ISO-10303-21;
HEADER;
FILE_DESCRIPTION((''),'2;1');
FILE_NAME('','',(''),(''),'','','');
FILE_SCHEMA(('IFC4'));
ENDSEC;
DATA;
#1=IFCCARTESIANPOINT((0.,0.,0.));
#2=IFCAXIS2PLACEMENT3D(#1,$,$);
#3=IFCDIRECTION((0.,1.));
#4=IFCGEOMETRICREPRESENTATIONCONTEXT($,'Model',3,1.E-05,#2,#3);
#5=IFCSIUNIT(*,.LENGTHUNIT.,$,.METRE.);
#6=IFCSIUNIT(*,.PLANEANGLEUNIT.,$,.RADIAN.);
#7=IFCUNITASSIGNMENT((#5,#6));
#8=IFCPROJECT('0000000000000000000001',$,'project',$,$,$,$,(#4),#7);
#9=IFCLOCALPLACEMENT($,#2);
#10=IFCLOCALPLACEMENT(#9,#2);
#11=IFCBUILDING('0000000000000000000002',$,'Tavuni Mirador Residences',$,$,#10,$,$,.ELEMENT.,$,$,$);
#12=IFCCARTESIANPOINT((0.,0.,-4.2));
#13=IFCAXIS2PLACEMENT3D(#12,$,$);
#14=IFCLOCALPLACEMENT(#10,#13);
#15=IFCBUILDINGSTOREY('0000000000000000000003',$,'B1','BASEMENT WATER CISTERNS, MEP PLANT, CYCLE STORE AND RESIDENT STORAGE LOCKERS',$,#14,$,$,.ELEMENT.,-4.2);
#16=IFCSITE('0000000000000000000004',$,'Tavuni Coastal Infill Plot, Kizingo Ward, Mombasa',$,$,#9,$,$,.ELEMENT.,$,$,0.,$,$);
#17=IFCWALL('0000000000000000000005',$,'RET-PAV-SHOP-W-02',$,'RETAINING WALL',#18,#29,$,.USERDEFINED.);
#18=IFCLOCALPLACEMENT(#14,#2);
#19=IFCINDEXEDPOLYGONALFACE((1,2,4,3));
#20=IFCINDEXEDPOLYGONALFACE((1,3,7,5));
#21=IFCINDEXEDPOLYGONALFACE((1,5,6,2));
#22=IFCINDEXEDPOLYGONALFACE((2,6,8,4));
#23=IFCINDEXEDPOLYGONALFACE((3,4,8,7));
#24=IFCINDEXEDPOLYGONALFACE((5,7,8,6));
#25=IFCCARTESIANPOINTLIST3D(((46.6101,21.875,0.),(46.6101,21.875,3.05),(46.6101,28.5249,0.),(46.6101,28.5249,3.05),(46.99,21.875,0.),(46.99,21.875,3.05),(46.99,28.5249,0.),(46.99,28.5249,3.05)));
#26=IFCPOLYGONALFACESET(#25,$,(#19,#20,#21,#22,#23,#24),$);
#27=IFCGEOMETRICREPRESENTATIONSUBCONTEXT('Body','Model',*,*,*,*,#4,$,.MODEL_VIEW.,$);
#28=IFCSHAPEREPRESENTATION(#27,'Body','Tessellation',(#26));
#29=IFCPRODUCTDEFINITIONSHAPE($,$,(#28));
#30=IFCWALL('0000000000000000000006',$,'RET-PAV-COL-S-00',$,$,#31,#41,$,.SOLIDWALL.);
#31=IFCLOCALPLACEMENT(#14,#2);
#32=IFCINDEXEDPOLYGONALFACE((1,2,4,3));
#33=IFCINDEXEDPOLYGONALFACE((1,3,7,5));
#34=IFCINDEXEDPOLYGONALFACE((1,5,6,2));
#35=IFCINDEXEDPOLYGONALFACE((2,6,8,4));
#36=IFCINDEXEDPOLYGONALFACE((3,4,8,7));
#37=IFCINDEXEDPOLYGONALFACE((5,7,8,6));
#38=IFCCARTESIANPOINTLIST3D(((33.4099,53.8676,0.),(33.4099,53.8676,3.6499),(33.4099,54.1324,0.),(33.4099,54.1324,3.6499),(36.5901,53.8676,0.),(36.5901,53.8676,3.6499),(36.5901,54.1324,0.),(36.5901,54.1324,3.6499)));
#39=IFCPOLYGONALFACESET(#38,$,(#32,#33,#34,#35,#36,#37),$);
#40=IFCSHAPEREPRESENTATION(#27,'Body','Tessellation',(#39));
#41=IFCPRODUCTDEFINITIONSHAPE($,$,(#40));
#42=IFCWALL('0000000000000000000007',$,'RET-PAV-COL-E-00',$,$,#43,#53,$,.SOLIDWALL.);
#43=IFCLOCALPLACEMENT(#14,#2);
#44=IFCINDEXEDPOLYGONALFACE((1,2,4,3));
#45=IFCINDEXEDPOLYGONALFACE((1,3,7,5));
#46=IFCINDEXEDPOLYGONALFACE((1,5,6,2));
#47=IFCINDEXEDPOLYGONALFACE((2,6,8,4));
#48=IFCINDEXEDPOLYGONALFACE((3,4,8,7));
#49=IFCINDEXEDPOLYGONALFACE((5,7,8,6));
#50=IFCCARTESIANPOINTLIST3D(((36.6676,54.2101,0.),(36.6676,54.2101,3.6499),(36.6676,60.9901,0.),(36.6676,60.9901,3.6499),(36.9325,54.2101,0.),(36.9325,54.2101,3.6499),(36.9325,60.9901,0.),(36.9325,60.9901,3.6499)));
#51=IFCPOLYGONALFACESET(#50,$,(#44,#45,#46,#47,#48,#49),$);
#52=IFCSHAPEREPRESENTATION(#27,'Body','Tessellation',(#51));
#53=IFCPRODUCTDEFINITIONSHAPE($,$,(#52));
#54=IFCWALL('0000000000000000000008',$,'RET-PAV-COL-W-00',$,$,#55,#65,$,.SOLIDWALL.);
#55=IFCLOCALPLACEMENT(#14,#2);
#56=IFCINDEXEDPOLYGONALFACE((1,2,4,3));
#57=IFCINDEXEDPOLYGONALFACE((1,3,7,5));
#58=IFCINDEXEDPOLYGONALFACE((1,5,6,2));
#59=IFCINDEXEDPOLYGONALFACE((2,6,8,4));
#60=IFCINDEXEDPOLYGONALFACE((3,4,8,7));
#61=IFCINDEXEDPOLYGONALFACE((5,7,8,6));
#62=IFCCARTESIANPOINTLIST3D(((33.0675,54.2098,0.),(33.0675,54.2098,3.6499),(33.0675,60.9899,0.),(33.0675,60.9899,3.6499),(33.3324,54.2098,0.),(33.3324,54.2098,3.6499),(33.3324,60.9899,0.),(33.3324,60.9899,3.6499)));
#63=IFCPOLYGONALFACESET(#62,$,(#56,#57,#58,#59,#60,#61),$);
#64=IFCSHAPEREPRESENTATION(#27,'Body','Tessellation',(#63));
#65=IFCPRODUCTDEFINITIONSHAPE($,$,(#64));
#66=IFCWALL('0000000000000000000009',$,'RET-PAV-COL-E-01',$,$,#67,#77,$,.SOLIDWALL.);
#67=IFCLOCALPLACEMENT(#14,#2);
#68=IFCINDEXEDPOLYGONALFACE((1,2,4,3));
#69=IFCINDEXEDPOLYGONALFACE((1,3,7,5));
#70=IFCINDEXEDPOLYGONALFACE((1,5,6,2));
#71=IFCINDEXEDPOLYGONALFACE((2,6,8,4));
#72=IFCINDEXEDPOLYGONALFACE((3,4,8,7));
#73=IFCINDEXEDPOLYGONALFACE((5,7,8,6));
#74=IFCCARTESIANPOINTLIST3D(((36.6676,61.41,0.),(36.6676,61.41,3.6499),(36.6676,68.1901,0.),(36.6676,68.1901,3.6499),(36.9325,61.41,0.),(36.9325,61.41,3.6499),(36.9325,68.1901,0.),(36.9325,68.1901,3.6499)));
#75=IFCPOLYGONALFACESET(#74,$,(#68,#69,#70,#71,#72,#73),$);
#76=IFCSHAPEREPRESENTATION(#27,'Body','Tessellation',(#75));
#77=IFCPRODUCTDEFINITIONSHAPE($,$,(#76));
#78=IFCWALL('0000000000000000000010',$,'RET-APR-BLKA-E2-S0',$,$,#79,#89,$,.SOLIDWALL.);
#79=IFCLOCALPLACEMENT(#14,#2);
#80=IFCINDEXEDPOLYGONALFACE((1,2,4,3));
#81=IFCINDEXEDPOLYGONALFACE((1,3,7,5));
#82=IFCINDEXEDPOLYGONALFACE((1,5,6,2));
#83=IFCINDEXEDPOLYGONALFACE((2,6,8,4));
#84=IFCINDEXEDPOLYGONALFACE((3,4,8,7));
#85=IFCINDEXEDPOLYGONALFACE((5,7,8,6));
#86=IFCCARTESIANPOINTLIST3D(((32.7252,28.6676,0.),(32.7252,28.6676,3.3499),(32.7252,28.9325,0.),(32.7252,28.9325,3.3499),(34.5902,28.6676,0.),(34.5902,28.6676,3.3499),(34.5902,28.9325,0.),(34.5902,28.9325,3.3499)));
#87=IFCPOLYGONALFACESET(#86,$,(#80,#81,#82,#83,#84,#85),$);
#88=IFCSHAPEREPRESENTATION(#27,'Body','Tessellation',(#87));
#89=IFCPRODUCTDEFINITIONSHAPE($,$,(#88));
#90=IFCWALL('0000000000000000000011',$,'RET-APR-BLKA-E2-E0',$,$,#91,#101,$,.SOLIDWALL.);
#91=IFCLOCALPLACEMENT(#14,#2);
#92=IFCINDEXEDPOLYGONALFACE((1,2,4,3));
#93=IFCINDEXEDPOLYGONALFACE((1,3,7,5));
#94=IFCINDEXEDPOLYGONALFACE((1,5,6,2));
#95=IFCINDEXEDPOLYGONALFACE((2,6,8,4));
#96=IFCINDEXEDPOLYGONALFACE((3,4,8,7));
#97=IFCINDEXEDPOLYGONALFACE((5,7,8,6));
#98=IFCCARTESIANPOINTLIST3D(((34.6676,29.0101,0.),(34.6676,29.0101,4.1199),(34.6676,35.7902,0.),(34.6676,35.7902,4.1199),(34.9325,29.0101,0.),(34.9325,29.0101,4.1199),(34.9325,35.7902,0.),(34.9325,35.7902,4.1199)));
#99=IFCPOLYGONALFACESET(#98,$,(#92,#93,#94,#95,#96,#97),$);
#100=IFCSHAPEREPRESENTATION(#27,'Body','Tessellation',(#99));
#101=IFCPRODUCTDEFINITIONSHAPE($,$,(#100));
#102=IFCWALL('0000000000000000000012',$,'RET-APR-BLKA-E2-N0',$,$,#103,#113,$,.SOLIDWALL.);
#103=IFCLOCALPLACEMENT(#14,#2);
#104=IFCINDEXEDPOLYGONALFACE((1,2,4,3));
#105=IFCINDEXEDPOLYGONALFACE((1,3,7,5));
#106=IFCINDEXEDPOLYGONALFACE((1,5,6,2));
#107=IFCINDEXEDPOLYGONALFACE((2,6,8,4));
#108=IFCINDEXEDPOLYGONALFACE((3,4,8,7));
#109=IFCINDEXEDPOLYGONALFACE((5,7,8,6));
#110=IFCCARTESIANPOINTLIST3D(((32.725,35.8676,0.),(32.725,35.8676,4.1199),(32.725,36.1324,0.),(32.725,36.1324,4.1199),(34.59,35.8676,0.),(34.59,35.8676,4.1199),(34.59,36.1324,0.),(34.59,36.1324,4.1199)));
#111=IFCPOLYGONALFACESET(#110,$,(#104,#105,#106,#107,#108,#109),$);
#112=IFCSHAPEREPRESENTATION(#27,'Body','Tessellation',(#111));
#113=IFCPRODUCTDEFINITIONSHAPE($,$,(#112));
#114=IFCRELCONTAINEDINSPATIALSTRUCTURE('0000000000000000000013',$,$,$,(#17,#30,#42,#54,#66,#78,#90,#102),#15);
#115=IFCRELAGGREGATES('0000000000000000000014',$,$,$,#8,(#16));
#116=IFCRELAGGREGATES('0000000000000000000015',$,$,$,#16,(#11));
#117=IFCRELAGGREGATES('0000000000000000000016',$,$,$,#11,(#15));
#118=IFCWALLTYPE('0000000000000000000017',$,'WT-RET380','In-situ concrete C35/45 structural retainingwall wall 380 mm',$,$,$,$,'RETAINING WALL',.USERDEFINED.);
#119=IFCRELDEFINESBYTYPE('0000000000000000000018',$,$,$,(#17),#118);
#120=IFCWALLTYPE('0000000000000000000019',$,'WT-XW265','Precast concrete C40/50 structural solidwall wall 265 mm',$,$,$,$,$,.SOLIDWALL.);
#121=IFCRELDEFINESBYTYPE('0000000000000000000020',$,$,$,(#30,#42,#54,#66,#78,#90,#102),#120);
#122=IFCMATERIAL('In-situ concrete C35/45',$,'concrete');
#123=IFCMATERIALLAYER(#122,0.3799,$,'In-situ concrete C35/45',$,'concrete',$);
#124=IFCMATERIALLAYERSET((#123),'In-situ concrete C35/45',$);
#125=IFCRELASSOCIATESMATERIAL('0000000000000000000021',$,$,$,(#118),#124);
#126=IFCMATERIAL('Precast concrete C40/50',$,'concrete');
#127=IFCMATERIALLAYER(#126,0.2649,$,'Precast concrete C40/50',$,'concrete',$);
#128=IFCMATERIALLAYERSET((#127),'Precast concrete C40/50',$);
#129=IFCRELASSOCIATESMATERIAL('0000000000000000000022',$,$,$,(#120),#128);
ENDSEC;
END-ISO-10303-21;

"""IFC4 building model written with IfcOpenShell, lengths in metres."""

from ifc_helpers import new_model, si_unit, direction, frame, frame_2d, origin, place, context, subcontext, project, spatial, rectangle, extrude, material, layer, layer_set, type_object, element, save


model = new_model("IFC4")

# Units and contexts
model_context = context("Model", 3, precision=1e-05, world=origin(), true_north=direction((0.0, 1.0)))
body_context = subcontext(model_context, "Body", "Model", "MODEL_VIEW")
ifc_project = project(units=[si_unit("LENGTHUNIT", "METRE"), si_unit("PLANEANGLEUNIT", "RADIAN")], contexts=[model_context])

# Site, building, storey
site_placement = place(None, origin())
site = spatial("IfcSite", under=ifc_project, at=site_placement, Name="Tavuni Coastal Infill Plot, Kizingo Ward, Mombasa", CompositionType="ELEMENT", RefElevation=0.0)
building_placement = place(site_placement, origin())
building = spatial("IfcBuilding", under=site, at=building_placement, Name="Tavuni Mirador Residences", CompositionType="ELEMENT")
storey_placement = place(building_placement, frame((0.0, 0.0, -4.2)))
storey = spatial("IfcBuildingStorey", under=building, at=storey_placement, Name="B1", Description="BASEMENT WATER CISTERNS, MEP PLANT, CYCLE STORE AND RESIDENT STORAGE LOCKERS", CompositionType="ELEMENT", Elevation=-4.2)

# Shared definitions
ifc_material_1 = material(Name="In-situ concrete C35/45", Category="concrete")

# Shared definitions
ifc_material_2 = material(Name="Precast concrete C40/50", Category="concrete")

# Walls
ifc_layer_1 = layer(ifc_material_1, 0.3799, Name="In-situ concrete C35/45", Category="concrete")
ifc_layer_set_1 = layer_set([ifc_layer_1], Name="In-situ concrete C35/45")
wall_type_1 = type_object("IfcWallType", Name="WT-RET380", Description="In-situ concrete C35/45 structural retainingwall wall 380 mm", ElementType="RETAINING WALL", PredefinedType="USERDEFINED", material=ifc_layer_set_1)
wall_1_placement = place(storey_placement, frame((46.8, 28.5249, 0.0), z_axis=(0.0, 0.0, 1.0), x_axis=(0.0, -1.0, 0.0)))
element("IfcWall", 1, at=wall_1_placement, inside=storey, type_object=wall_type_1, Name="RET-PAV-SHOP-W-02", ObjectType="RETAINING WALL", PredefinedType="USERDEFINED", context=body_context, shape_type="SweptSolid", body=[
    extrude(rectangle(XDim=6.6499, YDim=0.3799, at=frame_2d((3.325, 0.0))), origin(), (0.0, 0.0, 1.0), 3.05),
])
ifc_layer_2 = layer(ifc_material_2, 0.2649, Name="Precast concrete C40/50", Category="concrete")
ifc_layer_set_2 = layer_set([ifc_layer_2], Name="Precast concrete C40/50")
wall_type_2 = type_object("IfcWallType", Name="WT-XW265", Description="Precast concrete C40/50 structural solidwall wall 265 mm", PredefinedType="SOLIDWALL", material=ifc_layer_set_2)
wall_2_placement = place(storey_placement, frame((33.4099, 54.0, 0.0), z_axis=(0.0, 0.0, 1.0), x_axis=(1.0, 0.0, 0.0)))
element("IfcWall", 2, at=wall_2_placement, inside=storey, type_object=wall_type_2, Name="RET-PAV-COL-S-00", PredefinedType="SOLIDWALL", context=body_context, shape_type="SweptSolid", body=[
    extrude(rectangle(XDim=3.1802, YDim=0.2649, at=frame_2d((1.5901, 0.0))), origin(), (0.0, 0.0, 1.0), 3.6499),
])
for number, where, z_axis, x_axis, name in (
    (3, (36.8, 54.21, 0.0), (0.0, 0.0, 1.0), (0.0, 1.0, 0.0), "RET-PAV-COL-E-00"),
    (4, (33.2, 60.99, 0.0), (0.0, 0.0, 1.0), (0.0, -1.0, 0.0), "RET-PAV-COL-W-00"),
    (5, (36.8, 61.4099, 0.0), (0.0, 0.0, 1.0), (0.0, 1.0, 0.0), "RET-PAV-COL-E-01"),
):
    element("IfcWall", number, at=place(storey_placement, frame(where, z_axis=z_axis, x_axis=x_axis)), inside=storey, type_object=wall_type_2, Name=name, PredefinedType="SOLIDWALL", context=body_context, shape_type="SweptSolid", body=[
        extrude(rectangle(XDim=6.78, YDim=0.2649, at=frame_2d((3.3901, 0.0))), origin(), (0.0, 0.0, 1.0), 3.6499),
    ])
wall_3_placement = place(storey_placement, frame((32.7251, 28.8, 0.0), z_axis=(0.0, 0.0, 1.0), x_axis=(1.0, 0.0, 0.0)))
element("IfcWall", 6, at=wall_3_placement, inside=storey, type_object=wall_type_2, Name="RET-APR-BLKA-E2-S0", PredefinedType="SOLIDWALL", context=body_context, shape_type="SweptSolid", body=[
    extrude(rectangle(XDim=1.865, YDim=0.2649, at=frame_2d((0.9326, 0.0))), origin(), (0.0, 0.0, 1.0), 3.3499),
])
wall_4_placement = place(storey_placement, frame((34.8, 29.01, 0.0), z_axis=(0.0, 0.0, 1.0), x_axis=(0.0, 1.0, 0.0)))
element("IfcWall", 7, at=wall_4_placement, inside=storey, type_object=wall_type_2, Name="RET-APR-BLKA-E2-E0", PredefinedType="SOLIDWALL", context=body_context, shape_type="SweptSolid", body=[
    extrude(rectangle(XDim=6.78, YDim=0.2649, at=frame_2d((3.3901, 0.0))), origin(), (0.0, 0.0, 1.0), 4.1199),
])
wall_5_placement = place(storey_placement, frame((34.5901, 36.0, 0.0), z_axis=(0.0, 0.0, 1.0), x_axis=(-1.0, 0.0, 0.0)))
element("IfcWall", 8, at=wall_5_placement, inside=storey, type_object=wall_type_2, Name="RET-APR-BLKA-E2-N0", PredefinedType="SOLIDWALL", context=body_context, shape_type="SweptSolid", body=[
    extrude(rectangle(XDim=1.865, YDim=0.2649, at=frame_2d((0.9326, 0.0))), origin(), (0.0, 0.0, 1.0), 4.1199),
])

save(model, "model.ifc")
